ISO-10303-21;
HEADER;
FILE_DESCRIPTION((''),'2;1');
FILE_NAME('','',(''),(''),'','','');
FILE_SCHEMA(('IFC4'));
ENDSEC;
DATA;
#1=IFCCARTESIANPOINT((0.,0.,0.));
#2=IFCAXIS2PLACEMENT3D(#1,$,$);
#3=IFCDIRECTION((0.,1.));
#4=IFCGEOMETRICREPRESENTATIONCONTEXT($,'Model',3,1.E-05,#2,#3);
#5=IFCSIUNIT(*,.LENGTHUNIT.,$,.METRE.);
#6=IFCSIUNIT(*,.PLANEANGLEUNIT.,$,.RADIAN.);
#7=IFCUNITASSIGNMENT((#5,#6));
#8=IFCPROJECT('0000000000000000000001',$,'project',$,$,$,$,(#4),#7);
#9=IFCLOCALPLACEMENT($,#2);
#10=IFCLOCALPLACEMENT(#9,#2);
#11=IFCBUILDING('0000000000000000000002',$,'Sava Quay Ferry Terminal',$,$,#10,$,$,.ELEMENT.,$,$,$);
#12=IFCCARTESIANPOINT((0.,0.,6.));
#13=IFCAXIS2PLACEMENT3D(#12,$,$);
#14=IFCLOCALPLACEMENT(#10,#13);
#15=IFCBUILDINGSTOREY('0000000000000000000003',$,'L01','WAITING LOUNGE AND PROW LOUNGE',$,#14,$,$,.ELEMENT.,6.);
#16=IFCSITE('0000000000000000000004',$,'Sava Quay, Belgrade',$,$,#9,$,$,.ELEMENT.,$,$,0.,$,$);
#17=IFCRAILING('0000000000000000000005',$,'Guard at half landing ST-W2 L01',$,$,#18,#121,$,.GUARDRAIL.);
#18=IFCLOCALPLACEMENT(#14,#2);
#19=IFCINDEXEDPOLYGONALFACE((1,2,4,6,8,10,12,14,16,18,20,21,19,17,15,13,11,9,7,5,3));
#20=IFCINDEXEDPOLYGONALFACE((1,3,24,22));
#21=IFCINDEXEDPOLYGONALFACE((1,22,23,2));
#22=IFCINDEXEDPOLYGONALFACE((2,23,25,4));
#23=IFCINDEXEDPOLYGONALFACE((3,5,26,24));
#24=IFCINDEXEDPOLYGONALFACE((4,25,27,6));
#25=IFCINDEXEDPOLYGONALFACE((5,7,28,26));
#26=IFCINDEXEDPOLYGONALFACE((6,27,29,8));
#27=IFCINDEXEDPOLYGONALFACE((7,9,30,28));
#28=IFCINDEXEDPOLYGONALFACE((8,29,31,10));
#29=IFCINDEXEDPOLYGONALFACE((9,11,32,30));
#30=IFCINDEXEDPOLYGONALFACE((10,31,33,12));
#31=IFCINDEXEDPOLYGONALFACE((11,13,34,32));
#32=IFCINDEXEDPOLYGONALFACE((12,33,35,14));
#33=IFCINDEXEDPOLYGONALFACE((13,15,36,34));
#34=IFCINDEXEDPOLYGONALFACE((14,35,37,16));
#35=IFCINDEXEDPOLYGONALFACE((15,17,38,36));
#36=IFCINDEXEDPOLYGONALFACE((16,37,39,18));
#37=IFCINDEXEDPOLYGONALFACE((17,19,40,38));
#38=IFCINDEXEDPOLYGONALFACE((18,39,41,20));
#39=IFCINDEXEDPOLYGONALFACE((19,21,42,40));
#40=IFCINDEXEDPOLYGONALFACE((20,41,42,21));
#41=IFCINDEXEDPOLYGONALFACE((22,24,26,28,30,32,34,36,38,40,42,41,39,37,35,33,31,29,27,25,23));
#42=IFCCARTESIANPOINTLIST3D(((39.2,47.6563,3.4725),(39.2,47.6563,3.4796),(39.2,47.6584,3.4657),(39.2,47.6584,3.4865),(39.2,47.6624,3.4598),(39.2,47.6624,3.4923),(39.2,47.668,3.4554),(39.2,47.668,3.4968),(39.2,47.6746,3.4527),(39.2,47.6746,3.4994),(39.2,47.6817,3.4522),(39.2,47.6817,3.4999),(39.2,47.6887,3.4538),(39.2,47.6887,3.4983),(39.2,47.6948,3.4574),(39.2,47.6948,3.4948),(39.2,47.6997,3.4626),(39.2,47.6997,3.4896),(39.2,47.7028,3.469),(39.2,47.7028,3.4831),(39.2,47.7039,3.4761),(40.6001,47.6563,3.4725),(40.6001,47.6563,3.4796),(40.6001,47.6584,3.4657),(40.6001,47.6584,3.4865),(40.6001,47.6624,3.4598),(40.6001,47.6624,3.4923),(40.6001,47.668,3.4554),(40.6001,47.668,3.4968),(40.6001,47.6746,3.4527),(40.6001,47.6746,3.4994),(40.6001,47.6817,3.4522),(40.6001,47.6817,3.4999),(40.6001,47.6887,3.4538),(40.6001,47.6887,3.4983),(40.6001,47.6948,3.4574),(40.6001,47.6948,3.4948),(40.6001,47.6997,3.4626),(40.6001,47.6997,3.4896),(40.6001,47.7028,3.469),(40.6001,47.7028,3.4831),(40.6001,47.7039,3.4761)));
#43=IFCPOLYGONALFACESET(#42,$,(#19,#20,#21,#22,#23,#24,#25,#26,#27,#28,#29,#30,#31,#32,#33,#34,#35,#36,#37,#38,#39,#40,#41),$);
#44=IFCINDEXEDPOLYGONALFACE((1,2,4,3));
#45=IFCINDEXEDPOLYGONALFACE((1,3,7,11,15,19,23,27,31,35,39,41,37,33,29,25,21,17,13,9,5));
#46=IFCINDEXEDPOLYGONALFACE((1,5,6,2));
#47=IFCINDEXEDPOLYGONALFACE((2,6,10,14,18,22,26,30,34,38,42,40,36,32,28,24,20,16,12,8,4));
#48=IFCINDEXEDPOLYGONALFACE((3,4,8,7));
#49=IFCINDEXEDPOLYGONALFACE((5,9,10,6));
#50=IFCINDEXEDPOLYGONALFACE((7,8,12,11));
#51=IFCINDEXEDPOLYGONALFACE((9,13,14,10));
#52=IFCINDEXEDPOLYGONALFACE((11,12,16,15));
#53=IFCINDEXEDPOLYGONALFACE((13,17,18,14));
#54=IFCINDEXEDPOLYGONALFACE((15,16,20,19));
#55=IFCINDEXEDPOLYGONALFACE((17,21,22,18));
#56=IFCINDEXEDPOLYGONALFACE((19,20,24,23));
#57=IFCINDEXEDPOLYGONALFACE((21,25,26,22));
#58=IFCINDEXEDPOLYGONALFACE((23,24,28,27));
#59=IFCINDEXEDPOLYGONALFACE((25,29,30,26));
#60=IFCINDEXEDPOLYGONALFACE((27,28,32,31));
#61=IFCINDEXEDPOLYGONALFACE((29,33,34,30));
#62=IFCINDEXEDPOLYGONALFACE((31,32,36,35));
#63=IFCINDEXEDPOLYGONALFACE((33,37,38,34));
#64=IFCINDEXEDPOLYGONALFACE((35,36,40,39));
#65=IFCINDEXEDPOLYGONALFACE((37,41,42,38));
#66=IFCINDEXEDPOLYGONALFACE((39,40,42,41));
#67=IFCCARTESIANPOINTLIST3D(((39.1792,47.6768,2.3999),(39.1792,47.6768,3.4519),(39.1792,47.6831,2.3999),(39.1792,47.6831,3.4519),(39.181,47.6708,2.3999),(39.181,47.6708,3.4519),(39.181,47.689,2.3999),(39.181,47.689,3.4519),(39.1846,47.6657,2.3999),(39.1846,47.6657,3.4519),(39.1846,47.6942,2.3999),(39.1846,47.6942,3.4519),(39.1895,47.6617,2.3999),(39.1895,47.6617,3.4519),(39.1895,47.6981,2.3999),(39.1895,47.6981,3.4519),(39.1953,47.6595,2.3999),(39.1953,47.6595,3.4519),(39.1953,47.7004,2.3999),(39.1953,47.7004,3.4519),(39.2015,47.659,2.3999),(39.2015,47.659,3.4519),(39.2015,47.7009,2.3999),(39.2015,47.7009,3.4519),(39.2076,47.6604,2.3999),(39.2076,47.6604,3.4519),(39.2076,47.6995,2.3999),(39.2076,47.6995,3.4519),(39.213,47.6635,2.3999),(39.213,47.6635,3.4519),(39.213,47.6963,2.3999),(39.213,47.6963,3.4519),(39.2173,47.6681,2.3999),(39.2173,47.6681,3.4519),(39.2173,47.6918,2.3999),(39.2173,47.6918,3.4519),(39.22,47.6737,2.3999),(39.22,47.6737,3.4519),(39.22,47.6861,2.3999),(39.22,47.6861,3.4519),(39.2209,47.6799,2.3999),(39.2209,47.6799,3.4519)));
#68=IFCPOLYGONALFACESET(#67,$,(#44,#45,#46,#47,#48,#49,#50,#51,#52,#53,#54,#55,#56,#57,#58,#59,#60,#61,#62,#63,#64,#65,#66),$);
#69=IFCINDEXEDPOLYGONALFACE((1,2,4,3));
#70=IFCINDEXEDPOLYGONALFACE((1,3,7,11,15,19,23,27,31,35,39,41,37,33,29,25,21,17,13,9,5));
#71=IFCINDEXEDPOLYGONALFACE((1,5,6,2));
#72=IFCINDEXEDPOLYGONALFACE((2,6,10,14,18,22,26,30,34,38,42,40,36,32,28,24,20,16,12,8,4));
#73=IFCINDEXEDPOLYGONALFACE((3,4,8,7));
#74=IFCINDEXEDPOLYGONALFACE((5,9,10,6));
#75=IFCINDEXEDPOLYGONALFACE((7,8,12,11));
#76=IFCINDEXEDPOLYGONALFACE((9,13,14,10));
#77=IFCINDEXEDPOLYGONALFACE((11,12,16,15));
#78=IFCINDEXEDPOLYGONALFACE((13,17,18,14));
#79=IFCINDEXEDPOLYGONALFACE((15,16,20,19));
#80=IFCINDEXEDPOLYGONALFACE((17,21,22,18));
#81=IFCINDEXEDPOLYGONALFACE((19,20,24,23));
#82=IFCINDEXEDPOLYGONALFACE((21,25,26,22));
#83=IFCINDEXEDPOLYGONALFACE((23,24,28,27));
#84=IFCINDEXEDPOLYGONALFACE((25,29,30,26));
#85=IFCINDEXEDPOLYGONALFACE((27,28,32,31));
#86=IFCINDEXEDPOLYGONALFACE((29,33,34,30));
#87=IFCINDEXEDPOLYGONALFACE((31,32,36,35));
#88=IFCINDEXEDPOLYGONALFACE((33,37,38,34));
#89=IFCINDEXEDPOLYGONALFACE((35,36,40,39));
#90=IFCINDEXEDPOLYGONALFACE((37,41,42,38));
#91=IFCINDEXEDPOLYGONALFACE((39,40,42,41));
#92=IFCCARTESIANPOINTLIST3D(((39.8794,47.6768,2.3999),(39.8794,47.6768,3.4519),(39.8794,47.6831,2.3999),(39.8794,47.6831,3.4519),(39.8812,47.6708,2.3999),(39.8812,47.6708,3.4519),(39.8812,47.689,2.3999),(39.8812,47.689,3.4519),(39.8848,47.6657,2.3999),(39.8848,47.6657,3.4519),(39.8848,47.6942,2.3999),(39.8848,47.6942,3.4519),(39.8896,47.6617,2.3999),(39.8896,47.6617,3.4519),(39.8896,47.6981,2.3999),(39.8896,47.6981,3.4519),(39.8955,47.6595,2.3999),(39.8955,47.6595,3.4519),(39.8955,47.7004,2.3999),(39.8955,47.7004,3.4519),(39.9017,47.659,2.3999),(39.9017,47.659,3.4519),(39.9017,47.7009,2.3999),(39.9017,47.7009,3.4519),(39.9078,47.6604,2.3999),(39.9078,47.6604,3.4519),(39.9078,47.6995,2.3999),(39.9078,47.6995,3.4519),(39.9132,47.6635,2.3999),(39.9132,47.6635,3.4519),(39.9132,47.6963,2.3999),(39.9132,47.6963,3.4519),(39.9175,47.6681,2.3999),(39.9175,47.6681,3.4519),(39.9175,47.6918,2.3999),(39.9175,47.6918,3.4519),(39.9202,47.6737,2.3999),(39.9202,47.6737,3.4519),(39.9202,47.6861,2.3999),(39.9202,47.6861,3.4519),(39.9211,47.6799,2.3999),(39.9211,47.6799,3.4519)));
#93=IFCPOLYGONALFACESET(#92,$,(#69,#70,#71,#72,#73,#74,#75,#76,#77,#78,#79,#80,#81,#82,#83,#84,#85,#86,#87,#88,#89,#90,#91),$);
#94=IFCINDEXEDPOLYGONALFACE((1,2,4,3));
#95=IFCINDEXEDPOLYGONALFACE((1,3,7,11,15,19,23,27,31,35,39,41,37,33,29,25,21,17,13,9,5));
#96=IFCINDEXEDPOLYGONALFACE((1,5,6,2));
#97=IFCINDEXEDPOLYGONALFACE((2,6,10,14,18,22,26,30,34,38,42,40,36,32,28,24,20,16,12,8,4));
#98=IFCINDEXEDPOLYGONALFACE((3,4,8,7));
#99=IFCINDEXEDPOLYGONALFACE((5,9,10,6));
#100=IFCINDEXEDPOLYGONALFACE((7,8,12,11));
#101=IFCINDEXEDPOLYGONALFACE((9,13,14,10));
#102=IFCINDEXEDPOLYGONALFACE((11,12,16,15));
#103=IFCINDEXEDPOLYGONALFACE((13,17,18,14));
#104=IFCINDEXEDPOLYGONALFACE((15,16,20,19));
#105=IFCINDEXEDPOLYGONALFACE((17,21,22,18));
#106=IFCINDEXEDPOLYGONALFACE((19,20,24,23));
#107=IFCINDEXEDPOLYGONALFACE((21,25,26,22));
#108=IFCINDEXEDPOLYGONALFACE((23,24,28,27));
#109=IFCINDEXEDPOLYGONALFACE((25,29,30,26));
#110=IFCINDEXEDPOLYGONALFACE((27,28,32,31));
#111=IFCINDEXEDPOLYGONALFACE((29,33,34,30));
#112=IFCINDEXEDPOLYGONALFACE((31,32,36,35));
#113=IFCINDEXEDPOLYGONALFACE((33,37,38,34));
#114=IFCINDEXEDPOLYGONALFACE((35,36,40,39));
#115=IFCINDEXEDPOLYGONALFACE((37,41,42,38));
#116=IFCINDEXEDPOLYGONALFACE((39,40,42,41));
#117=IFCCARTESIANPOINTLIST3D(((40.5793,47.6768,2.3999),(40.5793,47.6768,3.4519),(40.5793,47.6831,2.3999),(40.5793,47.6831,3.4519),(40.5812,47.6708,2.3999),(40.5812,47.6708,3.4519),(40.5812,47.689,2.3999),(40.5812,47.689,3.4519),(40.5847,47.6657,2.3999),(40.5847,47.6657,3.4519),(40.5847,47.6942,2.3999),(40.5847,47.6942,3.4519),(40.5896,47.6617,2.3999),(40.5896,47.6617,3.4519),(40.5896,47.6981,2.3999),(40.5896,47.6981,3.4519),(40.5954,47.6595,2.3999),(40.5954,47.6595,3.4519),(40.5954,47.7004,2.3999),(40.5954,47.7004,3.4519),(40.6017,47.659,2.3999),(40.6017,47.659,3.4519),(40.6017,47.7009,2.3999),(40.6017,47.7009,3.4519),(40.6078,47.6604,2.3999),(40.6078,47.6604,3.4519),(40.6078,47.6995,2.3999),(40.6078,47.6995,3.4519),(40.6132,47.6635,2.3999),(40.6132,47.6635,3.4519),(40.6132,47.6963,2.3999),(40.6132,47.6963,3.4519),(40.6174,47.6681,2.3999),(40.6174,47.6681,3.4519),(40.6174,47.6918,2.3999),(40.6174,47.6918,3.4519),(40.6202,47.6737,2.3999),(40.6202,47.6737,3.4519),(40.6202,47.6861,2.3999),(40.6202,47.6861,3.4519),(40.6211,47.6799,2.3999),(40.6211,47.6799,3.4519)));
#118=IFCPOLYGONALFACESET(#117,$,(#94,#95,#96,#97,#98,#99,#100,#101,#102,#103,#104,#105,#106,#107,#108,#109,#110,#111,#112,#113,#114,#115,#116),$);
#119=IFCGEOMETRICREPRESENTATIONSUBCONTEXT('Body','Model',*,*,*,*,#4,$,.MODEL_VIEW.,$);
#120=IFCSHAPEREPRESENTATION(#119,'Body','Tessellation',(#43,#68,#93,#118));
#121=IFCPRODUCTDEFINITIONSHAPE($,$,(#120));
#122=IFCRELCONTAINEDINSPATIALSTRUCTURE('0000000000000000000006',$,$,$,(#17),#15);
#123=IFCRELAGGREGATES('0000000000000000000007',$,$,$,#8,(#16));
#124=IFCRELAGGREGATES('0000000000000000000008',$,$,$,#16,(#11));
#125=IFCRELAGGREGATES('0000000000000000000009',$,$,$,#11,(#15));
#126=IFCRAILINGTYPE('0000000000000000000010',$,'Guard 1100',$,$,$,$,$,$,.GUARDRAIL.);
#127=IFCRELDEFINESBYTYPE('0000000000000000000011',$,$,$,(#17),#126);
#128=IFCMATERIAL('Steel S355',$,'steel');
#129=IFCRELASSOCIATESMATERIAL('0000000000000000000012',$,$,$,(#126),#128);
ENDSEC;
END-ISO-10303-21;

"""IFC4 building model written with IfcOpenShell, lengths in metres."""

from ifc_helpers import new_model, si_unit, direction, frame, origin, origin_2d, place, context, subcontext, project, spatial, circle, extrude, material, type_object, element, save


model = new_model("IFC4")

# Units and contexts
model_context = context("Model", 3, precision=1e-05, world=origin(), true_north=direction((0.0, 1.0)))
body_context = subcontext(model_context, "Body", "Model", "MODEL_VIEW")
ifc_project = project(units=[si_unit("LENGTHUNIT", "METRE"), si_unit("PLANEANGLEUNIT", "RADIAN")], contexts=[model_context])

# Site, building, storey
site_placement = place(None, origin())
site = spatial("IfcSite", under=ifc_project, at=site_placement, Name="Sava Quay, Belgrade", CompositionType="ELEMENT", RefElevation=0.0)
building_placement = place(site_placement, origin())
building = spatial("IfcBuilding", under=site, at=building_placement, Name="Sava Quay Ferry Terminal", CompositionType="ELEMENT")
storey_placement = place(building_placement, frame((0.0, 0.0, 6.0)))
storey = spatial("IfcBuildingStorey", under=building, at=storey_placement, Name="L01", Description="WAITING LOUNGE AND PROW LOUNGE", CompositionType="ELEMENT", Elevation=6.0)

# Railing
ifc_material_1 = material(Name="Steel S355", Category="steel")
railing_type_1 = type_object("IfcRailingType", Name="Guard 1100", PredefinedType="GUARDRAIL", material=ifc_material_1)
railing_1_placement = place(storey_placement, frame((39.2, 47.6799, 2.3999)))
element("IfcRailing", 1, at=railing_1_placement, inside=storey, type_object=railing_type_1, Name="Guard at half landing ST-W2 L01", PredefinedType="GUARDRAIL", context=body_context, shape_type="SweptSolid", body=[
    extrude(circle(Radius=0.0239, at=origin_2d()), frame((0.0, 0.0, 1.0762), z_axis=(1.0, 0.0, 0.0), x_axis=(0.0, 1.0, 0.0)), (0.0, 0.0, 1.0), 1.4001),
    extrude(circle(Radius=0.021, at=origin_2d()), origin(), (0.0, 0.0, 1.0), 1.052),
    extrude(circle(Radius=0.021, at=origin_2d()), frame((0.7002, 0.0, 0.0)), (0.0, 0.0, 1.0), 1.052),
    extrude(circle(Radius=0.021, at=origin_2d()), frame((1.4001, 0.0, 0.0)), (0.0, 0.0, 1.0), 1.052),
])

save(model, "model.ifc")
